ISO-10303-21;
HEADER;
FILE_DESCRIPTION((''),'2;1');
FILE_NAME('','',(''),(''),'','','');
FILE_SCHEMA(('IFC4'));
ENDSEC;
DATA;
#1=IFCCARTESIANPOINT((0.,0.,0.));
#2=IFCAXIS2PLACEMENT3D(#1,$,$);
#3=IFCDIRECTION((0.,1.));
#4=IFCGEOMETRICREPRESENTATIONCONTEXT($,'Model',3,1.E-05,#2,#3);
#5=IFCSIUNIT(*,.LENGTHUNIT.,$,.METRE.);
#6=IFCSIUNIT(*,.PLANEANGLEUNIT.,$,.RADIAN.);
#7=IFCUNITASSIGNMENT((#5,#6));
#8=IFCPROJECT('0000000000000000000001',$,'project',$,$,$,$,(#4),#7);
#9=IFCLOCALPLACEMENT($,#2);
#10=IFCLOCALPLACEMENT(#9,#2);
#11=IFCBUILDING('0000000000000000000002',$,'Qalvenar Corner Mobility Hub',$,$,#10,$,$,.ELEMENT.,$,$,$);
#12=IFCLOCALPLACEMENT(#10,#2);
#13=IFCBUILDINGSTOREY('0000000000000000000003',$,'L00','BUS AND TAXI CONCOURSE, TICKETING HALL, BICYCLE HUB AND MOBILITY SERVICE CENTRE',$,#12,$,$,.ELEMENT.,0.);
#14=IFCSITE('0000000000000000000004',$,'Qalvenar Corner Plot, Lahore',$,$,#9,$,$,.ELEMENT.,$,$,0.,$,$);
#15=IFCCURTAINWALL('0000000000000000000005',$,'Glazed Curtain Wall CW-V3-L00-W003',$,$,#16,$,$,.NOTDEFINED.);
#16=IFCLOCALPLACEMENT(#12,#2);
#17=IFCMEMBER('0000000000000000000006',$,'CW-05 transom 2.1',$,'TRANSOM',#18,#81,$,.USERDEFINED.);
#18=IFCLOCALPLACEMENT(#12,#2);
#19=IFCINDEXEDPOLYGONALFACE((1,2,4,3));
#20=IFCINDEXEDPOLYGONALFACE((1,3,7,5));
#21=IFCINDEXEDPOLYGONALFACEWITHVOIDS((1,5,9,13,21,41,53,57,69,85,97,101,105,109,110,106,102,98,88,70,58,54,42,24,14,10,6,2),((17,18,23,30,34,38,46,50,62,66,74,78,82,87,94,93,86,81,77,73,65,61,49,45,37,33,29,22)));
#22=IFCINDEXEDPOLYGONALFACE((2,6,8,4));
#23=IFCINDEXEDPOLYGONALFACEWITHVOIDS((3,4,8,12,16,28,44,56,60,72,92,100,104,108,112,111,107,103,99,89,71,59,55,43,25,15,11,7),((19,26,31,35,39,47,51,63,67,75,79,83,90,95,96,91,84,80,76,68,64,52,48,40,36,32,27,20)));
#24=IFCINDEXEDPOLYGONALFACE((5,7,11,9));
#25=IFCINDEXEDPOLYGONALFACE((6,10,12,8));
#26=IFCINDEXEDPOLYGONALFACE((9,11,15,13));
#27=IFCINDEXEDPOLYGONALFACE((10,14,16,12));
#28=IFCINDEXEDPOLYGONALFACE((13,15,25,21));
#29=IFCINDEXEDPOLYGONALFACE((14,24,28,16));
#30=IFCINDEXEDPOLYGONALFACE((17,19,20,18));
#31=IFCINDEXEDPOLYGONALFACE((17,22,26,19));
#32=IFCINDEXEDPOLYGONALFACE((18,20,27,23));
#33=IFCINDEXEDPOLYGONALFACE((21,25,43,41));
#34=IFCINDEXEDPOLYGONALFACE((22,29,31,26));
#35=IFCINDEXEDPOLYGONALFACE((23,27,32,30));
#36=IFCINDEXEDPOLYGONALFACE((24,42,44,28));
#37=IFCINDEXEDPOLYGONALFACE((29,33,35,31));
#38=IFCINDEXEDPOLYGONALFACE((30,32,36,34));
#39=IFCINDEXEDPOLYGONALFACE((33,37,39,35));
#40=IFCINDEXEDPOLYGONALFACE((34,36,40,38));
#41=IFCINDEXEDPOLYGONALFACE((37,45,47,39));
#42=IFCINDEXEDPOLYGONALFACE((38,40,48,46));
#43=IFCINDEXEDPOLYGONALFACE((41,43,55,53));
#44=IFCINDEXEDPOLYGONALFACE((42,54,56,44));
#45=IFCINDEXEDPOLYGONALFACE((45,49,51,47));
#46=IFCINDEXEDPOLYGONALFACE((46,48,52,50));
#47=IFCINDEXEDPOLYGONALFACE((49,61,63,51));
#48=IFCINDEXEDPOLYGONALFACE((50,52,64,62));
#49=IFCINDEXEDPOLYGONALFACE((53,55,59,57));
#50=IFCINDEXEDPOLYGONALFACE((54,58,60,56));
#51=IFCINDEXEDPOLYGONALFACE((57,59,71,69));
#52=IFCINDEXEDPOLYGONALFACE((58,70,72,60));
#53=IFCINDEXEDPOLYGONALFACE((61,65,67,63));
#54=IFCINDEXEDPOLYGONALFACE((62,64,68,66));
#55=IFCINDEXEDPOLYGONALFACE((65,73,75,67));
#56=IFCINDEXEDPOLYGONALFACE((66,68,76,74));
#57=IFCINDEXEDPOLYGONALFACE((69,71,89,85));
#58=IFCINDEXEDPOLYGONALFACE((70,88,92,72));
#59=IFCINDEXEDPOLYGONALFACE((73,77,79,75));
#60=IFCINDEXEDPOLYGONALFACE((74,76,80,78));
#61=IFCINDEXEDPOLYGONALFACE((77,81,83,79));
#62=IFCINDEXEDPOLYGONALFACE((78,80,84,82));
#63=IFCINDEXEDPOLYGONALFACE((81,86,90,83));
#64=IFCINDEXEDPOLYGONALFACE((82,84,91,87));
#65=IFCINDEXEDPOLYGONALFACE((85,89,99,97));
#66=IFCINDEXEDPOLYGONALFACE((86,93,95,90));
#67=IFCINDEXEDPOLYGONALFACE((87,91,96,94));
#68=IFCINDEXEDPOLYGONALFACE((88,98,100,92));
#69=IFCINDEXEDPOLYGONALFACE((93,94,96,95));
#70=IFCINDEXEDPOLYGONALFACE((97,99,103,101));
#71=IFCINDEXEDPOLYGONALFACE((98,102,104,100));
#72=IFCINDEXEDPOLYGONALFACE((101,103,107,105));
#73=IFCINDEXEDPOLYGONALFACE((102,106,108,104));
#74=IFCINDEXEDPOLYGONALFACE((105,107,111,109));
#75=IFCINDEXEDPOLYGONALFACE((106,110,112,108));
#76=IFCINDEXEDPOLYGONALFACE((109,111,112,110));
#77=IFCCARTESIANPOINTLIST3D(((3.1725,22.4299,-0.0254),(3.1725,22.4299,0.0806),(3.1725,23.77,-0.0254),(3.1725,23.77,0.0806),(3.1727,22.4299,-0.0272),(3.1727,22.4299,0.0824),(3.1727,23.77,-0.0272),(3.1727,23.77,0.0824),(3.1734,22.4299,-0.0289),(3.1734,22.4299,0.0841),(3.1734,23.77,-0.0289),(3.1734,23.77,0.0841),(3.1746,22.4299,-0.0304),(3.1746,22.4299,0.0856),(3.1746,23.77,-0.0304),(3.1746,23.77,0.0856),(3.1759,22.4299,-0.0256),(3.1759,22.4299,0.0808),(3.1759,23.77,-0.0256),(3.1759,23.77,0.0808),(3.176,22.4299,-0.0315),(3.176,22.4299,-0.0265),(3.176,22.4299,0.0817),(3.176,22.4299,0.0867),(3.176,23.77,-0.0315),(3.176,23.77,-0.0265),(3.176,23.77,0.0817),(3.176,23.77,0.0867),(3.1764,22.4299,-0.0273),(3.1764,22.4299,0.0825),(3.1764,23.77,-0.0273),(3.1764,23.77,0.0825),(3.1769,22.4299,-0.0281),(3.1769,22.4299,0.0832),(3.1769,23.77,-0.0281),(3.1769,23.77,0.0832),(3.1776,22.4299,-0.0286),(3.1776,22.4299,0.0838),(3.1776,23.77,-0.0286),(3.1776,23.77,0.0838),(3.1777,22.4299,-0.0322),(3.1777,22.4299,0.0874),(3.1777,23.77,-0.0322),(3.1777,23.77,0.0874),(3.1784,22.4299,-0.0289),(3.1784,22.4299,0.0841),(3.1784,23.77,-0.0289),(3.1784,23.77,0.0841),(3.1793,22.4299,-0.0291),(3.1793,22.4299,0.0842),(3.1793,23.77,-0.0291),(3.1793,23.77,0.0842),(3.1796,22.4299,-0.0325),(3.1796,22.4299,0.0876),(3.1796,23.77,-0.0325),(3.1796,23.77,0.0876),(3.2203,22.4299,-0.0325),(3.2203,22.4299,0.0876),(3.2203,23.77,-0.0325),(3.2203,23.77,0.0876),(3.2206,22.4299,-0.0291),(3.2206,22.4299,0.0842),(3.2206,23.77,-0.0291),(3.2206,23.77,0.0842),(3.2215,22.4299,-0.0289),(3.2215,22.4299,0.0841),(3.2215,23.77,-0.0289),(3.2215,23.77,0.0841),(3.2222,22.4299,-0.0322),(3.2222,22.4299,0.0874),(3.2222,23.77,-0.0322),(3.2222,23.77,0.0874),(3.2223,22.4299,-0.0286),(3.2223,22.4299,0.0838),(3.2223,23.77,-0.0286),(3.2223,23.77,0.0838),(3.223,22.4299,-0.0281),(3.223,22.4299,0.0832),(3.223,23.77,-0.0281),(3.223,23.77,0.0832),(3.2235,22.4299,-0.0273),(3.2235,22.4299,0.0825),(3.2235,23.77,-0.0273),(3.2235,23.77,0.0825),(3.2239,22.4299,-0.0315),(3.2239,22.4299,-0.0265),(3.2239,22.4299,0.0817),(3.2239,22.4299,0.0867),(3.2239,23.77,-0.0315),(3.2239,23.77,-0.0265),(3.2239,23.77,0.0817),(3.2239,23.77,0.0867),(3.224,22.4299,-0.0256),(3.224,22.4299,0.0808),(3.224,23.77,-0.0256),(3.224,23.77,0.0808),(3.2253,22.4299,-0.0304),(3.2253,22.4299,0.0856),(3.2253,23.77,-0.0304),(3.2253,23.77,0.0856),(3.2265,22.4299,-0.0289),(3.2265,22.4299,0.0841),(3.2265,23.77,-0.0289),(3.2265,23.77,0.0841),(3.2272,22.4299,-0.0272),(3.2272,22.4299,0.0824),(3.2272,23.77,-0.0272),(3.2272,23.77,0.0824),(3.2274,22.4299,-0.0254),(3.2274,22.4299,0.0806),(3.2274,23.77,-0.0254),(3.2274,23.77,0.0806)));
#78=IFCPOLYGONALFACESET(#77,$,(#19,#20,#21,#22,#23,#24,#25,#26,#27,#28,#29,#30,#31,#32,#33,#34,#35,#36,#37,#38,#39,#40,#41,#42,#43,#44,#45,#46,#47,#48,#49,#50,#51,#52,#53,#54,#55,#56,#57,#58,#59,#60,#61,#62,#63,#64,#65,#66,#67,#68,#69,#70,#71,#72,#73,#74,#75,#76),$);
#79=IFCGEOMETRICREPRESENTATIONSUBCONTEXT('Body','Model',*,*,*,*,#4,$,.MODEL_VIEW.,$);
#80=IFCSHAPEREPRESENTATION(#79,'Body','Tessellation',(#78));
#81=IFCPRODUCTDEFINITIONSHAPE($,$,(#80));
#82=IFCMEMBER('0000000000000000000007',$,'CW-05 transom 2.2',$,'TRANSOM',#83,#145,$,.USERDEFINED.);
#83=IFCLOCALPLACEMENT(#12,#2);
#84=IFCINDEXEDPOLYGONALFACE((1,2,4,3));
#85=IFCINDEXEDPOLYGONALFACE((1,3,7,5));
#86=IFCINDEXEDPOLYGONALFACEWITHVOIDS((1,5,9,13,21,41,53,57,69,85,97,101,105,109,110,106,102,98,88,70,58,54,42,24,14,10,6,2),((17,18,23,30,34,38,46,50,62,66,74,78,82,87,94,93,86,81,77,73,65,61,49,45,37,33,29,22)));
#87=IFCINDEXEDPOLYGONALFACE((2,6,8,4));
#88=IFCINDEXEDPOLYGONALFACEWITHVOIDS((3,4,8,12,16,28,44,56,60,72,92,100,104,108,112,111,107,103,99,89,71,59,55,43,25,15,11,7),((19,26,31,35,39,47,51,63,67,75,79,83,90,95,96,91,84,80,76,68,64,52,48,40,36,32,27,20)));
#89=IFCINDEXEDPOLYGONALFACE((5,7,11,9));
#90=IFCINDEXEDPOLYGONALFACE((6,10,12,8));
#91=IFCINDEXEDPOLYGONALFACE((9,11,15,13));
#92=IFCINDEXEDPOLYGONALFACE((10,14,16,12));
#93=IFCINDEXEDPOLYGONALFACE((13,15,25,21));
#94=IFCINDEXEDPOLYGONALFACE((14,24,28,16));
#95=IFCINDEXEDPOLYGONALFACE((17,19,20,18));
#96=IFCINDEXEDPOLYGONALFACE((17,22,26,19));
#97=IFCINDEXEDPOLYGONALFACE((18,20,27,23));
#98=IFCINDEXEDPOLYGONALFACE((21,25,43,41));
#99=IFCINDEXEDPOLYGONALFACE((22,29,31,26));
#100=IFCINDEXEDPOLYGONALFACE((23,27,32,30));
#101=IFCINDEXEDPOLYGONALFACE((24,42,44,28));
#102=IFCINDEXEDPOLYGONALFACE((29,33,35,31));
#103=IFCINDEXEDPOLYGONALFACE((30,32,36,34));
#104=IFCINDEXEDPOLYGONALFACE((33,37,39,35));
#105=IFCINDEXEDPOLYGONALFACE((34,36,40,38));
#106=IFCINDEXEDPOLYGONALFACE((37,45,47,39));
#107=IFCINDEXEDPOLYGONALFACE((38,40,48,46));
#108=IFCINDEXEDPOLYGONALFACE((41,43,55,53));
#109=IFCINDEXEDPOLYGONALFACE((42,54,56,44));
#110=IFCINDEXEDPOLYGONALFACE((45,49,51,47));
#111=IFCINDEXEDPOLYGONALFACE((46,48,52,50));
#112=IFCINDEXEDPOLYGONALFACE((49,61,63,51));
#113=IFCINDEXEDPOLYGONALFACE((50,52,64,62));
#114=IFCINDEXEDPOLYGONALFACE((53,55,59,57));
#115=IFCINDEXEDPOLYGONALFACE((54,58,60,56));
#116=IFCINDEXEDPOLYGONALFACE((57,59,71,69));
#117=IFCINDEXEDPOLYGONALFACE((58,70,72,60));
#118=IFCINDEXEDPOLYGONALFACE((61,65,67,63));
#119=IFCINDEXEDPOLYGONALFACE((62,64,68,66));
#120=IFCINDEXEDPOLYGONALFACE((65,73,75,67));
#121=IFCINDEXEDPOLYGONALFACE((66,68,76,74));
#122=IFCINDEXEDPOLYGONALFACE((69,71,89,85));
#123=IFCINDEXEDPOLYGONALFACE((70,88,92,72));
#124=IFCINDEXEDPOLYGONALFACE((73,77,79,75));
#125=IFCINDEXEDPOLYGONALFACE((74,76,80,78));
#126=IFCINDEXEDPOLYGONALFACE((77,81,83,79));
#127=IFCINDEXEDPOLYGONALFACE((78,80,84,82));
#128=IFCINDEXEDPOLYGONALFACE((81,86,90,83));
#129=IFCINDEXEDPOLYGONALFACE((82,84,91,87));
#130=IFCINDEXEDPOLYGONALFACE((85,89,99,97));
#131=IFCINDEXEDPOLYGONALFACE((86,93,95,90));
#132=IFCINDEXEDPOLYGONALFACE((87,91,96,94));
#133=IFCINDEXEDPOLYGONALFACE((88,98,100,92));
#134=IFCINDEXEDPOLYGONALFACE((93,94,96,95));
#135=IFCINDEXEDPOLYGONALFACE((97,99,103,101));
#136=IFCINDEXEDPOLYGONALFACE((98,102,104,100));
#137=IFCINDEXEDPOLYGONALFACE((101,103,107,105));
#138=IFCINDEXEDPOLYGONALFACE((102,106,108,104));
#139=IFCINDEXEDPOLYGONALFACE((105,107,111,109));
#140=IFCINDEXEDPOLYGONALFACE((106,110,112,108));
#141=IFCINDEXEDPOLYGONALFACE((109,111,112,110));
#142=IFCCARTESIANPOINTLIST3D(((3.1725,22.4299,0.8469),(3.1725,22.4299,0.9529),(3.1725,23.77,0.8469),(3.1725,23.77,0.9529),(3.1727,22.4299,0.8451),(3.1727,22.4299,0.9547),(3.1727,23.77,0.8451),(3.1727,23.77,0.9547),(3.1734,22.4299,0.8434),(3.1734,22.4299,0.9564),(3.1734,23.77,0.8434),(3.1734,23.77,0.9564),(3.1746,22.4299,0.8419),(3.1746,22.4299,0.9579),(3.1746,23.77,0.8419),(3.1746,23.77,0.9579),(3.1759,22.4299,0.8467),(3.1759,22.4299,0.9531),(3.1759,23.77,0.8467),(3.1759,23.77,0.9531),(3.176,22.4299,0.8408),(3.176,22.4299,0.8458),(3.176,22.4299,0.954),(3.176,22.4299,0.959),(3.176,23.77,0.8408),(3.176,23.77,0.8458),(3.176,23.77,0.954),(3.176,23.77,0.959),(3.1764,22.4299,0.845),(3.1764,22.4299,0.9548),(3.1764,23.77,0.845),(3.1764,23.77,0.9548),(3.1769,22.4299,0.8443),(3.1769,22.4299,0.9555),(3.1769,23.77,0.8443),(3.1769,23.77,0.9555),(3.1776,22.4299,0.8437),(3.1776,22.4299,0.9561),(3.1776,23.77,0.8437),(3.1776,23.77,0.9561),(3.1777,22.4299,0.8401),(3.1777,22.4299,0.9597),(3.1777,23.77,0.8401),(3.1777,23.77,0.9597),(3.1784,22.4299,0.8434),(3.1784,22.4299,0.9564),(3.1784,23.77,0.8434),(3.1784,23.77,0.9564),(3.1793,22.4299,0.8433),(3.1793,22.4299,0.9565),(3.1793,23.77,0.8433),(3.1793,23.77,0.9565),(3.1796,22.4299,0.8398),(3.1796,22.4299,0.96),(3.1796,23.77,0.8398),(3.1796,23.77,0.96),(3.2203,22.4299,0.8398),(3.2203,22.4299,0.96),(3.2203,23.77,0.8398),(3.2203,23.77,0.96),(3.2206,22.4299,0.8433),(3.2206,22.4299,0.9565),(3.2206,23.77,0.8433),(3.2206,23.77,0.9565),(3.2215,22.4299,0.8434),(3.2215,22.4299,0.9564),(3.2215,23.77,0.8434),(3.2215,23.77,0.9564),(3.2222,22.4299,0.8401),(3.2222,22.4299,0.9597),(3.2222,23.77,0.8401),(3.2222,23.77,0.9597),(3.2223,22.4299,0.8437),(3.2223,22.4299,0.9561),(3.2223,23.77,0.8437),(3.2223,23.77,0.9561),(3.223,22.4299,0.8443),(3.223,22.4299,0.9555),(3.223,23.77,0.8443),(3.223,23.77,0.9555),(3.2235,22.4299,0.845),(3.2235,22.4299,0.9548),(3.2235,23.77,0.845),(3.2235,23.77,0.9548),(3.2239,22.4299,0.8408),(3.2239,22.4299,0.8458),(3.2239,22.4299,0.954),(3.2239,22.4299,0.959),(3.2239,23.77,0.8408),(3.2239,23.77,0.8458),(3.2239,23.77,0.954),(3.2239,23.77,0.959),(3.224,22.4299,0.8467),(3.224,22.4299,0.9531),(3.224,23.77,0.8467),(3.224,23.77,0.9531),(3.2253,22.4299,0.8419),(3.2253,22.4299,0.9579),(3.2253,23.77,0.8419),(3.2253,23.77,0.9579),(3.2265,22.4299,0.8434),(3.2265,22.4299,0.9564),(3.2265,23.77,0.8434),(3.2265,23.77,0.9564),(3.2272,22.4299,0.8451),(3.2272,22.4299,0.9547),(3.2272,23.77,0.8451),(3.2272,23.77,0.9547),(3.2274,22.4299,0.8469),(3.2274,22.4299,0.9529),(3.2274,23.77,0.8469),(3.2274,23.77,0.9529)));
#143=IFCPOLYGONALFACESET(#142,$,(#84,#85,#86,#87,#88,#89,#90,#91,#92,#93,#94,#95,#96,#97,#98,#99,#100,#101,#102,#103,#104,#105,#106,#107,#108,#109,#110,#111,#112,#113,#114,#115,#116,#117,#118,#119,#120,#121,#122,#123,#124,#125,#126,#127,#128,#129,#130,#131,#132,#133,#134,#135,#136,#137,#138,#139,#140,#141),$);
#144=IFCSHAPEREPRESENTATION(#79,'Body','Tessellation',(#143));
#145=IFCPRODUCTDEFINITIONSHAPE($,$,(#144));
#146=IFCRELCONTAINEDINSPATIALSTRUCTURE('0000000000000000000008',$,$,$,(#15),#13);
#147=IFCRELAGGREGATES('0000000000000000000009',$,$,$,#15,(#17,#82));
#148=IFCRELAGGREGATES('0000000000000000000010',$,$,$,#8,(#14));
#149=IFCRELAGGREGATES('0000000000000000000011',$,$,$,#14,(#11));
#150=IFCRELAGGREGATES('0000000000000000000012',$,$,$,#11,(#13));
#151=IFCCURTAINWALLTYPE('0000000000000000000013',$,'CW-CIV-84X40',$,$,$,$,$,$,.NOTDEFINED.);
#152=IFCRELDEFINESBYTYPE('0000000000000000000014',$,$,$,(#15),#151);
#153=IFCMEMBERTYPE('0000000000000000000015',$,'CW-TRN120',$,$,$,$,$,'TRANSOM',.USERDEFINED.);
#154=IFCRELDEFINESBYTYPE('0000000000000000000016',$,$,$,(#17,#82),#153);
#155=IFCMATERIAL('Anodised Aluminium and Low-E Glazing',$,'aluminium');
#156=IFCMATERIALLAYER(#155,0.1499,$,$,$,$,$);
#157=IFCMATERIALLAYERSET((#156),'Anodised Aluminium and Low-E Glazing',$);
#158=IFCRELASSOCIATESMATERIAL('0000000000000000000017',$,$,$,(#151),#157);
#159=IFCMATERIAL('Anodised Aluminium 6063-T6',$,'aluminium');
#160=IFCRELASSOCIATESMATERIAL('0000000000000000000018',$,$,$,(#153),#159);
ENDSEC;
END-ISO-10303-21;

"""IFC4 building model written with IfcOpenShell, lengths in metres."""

from ifc_helpers import new_model, si_unit, direction, frame, origin, origin_2d, place, context, subcontext, project, spatial, hollow_rectangle, extrude, material, layer, layer_set, material_profile, profile_set, type_object, element, aggregate, save


model = new_model("IFC4")

# Units and contexts
model_context = context("Model", 3, precision=1e-05, world=origin(), true_north=direction((0.0, 1.0)))
body_context = subcontext(model_context, "Body", "Model", "MODEL_VIEW")
ifc_project = project(units=[si_unit("LENGTHUNIT", "METRE"), si_unit("PLANEANGLEUNIT", "RADIAN")], contexts=[model_context])

# Site, building, storey
site_placement = place(None, origin())
site = spatial("IfcSite", under=ifc_project, at=site_placement, Name="Qalvenar Corner Plot, Lahore", CompositionType="ELEMENT", RefElevation=0.0)
building_placement = place(site_placement, origin())
building = spatial("IfcBuilding", under=site, at=building_placement, Name="Qalvenar Corner Mobility Hub", CompositionType="ELEMENT")
storey_placement = place(building_placement, origin())
storey = spatial("IfcBuildingStorey", under=building, at=storey_placement, Name="L00", Description="BUS AND TAXI CONCOURSE, TICKETING HALL, BICYCLE HUB AND MOBILITY SERVICE CENTRE", CompositionType="ELEMENT", Elevation=0.0)

# Curtain wall
ifc_material_1 = material(Name="Anodised Aluminium and Low-E Glazing", Category="aluminium")
ifc_layer_1 = layer(ifc_material_1, 0.1499)
ifc_layer_set_1 = layer_set([ifc_layer_1], Name="Anodised Aluminium and Low-E Glazing")
curtain_wall_type = type_object("IfcCurtainWallType", Name="CW-CIV-84X40", PredefinedType="NOTDEFINED", material=ifc_layer_set_1)
curtain_wall_1_placement = place(storey_placement, origin())
curtain_wall_1 = element("IfcCurtainWall", 1, at=curtain_wall_1_placement, inside=storey, type_object=curtain_wall_type, Name="Glazed Curtain Wall CW-V3-L00-W003", PredefinedType="NOTDEFINED")
ifc_material_2 = material(Name="Anodised Aluminium 6063-T6", Category="aluminium")

# Members
ifc_material_profile_1 = material_profile(ifc_material_2, hollow_rectangle(XDim=0.0549, YDim=0.1201, WallThickness=0.0034, InnerFilletRadius=0.0034, OuterFilletRadius=0.0071, at=origin_2d()), Name="RHS120x55x3.5")
ifc_profile_set_1 = profile_set([ifc_material_profile_1], Name="Anodised Aluminium 6063-T6")
member_type_1 = type_object("IfcMemberType", Name="CW-TRN120", ElementType="TRANSOM", PredefinedType="USERDEFINED", material=ifc_profile_set_1)
member_1_placement = place(storey_placement, frame((3.2, 23.77, 0.0276), z_axis=(0.0, -1.0, 0.0), x_axis=(1.0, 0.0, 0.0)))
member_1 = element("IfcMember", 2, at=member_1_placement, type_object=member_type_1, Name="CW-05 transom 2.1", ObjectType="TRANSOM", PredefinedType="USERDEFINED", context=body_context, shape_type="SweptSolid", body=[
    extrude(hollow_rectangle(XDim=0.0549, YDim=0.1201, WallThickness=0.0034, InnerFilletRadius=0.0034, OuterFilletRadius=0.0071, at=origin_2d()), origin(), (0.0, 0.0, 1.0), 1.3401),
])
member_2_placement = place(storey_placement, frame((3.2, 23.77, 0.8999), z_axis=(0.0, -1.0, 0.0), x_axis=(1.0, 0.0, 0.0)))
member_2 = element("IfcMember", 3, at=member_2_placement, type_object=member_type_1, Name="CW-05 transom 2.2", ObjectType="TRANSOM", PredefinedType="USERDEFINED", context=body_context, shape_type="SweptSolid", body=[
    extrude(hollow_rectangle(XDim=0.0549, YDim=0.1201, WallThickness=0.0034, InnerFilletRadius=0.0034, OuterFilletRadius=0.0071, at=origin_2d()), origin(), (0.0, 0.0, 1.0), 1.3401),
])

aggregate(curtain_wall_1, [member_1, member_2])

save(model, "model.ifc")
